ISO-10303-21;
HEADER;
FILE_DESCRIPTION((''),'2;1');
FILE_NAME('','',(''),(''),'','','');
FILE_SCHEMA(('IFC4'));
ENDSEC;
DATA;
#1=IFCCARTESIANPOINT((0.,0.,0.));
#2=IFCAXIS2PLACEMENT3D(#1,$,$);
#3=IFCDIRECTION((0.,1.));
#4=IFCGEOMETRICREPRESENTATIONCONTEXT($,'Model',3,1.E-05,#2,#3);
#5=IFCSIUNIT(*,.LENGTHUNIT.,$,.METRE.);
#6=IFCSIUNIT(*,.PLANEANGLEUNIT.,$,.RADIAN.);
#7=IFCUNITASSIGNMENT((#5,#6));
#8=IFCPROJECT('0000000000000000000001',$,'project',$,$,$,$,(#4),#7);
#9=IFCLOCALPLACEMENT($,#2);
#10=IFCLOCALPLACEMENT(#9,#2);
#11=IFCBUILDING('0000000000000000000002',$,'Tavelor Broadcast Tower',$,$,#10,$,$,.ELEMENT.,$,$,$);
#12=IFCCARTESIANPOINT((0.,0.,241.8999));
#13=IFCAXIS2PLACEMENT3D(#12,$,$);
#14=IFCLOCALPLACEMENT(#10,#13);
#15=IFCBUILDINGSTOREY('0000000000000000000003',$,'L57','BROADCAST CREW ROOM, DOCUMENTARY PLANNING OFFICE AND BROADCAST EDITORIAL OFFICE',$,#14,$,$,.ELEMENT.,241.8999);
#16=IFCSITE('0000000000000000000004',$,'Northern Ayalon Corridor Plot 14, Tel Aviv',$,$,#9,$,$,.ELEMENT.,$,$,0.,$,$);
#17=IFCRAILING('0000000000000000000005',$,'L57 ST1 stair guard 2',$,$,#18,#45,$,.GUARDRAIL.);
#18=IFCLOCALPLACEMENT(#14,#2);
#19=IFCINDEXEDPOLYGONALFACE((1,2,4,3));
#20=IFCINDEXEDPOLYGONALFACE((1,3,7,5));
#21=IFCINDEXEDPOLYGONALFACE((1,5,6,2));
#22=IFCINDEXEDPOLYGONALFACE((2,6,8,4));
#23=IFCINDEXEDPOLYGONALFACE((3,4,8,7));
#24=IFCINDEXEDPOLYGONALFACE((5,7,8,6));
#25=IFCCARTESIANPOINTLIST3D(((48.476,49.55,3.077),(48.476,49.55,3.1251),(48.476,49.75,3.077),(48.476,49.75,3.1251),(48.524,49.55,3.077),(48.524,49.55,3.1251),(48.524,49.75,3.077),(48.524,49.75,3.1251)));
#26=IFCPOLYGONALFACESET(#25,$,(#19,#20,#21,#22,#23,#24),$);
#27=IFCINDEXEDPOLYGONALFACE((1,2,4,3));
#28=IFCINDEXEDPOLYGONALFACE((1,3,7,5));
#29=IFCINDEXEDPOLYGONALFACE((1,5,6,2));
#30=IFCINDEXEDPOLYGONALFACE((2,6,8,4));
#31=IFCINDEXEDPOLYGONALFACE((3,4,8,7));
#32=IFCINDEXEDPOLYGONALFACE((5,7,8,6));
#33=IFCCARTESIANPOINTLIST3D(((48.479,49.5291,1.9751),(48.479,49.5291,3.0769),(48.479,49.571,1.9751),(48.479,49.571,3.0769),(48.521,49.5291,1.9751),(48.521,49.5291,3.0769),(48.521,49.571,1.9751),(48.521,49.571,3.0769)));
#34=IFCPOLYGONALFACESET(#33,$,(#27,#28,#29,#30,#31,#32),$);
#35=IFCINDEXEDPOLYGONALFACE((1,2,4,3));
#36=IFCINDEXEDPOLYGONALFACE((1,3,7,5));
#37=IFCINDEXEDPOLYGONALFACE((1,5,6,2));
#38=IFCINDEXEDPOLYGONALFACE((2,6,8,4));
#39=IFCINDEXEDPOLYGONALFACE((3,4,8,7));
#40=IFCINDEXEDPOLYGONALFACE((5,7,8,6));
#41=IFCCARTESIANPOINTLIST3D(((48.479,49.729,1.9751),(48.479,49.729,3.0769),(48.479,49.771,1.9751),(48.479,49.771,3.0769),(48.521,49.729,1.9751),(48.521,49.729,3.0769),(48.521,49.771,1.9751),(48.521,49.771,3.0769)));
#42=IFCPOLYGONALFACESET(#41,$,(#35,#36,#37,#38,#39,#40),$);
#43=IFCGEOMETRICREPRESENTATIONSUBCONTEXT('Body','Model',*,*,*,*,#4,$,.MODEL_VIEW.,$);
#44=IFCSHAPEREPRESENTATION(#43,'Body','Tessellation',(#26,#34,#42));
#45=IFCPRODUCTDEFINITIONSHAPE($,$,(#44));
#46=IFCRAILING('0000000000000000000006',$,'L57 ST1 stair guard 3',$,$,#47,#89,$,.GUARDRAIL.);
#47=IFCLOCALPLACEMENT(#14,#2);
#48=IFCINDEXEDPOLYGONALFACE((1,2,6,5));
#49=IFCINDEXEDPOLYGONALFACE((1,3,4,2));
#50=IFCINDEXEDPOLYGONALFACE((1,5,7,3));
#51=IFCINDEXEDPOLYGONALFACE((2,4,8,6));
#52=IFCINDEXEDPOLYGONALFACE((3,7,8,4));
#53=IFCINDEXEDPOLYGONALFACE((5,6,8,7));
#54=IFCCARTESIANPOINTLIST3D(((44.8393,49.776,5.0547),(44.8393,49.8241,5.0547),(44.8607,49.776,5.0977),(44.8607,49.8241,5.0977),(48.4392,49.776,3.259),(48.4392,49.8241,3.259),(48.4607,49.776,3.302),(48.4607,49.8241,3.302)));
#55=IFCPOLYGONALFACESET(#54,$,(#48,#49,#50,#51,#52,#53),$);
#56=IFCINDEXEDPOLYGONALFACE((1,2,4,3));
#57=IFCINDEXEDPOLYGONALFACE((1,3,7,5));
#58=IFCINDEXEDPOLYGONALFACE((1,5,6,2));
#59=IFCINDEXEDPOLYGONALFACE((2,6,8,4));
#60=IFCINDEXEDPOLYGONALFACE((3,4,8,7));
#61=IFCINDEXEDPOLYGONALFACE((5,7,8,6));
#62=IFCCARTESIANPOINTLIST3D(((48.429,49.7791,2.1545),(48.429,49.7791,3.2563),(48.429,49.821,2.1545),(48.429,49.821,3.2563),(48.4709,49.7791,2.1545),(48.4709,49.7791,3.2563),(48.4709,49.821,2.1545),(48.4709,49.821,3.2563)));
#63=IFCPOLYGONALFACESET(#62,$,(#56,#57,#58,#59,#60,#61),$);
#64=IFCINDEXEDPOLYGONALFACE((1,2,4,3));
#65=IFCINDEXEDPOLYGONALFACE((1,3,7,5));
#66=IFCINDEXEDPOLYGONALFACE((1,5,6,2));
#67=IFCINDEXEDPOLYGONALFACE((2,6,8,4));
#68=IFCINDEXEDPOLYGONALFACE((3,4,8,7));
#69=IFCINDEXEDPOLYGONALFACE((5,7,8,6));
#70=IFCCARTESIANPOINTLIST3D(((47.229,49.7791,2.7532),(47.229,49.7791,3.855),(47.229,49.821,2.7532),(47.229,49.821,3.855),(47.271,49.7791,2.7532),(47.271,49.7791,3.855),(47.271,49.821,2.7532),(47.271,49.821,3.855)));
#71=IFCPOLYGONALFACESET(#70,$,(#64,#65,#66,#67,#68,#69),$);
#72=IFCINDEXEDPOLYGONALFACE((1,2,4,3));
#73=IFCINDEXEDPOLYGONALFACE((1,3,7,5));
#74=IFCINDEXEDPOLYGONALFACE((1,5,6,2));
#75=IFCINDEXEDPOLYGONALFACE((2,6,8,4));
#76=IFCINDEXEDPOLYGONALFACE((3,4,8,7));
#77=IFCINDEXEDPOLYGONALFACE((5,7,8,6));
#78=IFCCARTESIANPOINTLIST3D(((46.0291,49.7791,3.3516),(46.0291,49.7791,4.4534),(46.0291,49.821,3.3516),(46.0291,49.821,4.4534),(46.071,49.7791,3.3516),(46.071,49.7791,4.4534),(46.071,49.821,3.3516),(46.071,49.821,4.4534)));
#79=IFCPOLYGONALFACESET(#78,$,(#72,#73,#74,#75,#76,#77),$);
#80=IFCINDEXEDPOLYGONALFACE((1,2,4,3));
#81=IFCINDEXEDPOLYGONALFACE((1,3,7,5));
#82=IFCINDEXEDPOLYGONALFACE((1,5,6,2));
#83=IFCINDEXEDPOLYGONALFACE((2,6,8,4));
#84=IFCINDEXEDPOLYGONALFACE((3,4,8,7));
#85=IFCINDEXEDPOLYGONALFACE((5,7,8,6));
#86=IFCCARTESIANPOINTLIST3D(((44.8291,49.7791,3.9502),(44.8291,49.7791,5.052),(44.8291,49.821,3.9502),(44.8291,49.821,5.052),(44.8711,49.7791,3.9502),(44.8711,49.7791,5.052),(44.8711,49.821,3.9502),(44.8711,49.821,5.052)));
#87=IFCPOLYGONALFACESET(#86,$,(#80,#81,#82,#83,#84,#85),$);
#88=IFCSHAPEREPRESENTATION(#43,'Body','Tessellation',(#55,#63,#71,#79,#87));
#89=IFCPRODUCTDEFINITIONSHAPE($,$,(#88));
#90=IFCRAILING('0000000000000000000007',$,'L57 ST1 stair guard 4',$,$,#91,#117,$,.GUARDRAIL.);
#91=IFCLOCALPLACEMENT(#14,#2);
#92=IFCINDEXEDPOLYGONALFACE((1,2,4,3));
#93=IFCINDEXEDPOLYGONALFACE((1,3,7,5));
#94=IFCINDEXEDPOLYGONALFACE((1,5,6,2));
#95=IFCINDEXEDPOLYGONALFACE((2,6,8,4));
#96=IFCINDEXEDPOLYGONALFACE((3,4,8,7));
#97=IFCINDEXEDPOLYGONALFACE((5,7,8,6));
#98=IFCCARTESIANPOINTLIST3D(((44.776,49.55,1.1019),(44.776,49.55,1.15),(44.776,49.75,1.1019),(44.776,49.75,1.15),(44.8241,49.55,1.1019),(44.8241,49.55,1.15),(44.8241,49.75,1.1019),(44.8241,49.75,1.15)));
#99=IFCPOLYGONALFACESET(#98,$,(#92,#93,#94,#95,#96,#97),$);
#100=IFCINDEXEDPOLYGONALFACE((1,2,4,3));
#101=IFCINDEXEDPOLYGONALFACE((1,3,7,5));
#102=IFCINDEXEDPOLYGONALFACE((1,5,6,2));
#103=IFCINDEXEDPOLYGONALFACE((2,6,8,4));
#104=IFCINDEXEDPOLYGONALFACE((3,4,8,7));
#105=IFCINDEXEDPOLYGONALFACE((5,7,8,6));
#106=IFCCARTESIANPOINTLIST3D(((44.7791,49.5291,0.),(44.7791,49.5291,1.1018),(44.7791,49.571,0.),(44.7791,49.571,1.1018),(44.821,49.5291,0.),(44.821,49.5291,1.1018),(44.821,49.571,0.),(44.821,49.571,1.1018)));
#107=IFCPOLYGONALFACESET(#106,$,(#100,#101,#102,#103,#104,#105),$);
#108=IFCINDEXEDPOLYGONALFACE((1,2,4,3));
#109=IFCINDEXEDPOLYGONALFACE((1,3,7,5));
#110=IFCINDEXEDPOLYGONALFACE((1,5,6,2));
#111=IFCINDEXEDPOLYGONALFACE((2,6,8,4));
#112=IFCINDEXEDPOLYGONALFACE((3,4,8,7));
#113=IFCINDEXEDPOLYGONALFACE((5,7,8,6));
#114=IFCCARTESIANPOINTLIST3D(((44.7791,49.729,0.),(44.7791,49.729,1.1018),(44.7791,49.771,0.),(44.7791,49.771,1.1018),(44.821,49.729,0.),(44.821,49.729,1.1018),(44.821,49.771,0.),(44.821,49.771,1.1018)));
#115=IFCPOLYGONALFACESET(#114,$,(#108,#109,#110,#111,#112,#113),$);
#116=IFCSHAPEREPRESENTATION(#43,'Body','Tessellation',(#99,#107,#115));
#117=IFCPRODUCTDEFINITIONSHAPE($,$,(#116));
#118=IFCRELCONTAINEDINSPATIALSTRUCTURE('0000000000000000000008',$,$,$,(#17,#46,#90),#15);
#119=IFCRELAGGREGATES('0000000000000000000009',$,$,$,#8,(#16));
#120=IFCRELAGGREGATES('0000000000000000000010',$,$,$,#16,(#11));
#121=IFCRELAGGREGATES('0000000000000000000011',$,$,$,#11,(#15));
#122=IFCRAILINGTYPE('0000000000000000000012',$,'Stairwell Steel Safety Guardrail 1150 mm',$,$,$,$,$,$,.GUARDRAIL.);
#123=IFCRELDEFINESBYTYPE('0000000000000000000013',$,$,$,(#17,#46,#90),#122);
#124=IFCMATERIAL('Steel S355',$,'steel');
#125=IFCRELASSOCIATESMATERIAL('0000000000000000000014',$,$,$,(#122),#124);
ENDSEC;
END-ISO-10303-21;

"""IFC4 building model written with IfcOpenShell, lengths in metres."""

from ifc_helpers import new_model, si_unit, direction, frame, origin, origin_2d, place, context, subcontext, project, spatial, rectangle, extrude, material, type_object, element, save


model = new_model("IFC4")

# Units and contexts
model_context = context("Model", 3, precision=1e-05, world=origin(), true_north=direction((0.0, 1.0)))
body_context = subcontext(model_context, "Body", "Model", "MODEL_VIEW")
ifc_project = project(units=[si_unit("LENGTHUNIT", "METRE"), si_unit("PLANEANGLEUNIT", "RADIAN")], contexts=[model_context])

# Site, building, storey
site_placement = place(None, origin())
site = spatial("IfcSite", under=ifc_project, at=site_placement, Name="Northern Ayalon Corridor Plot 14, Tel Aviv", CompositionType="ELEMENT", RefElevation=0.0)
building_placement = place(site_placement, origin())
building = spatial("IfcBuilding", under=site, at=building_placement, Name="Tavelor Broadcast Tower", CompositionType="ELEMENT")
storey_placement = place(building_placement, frame((0.0, 0.0, 241.8999)))
storey = spatial("IfcBuildingStorey", under=building, at=storey_placement, Name="L57", Description="BROADCAST CREW ROOM, DOCUMENTARY PLANNING OFFICE AND BROADCAST EDITORIAL OFFICE", CompositionType="ELEMENT", Elevation=241.8999)

# Shared definitions
ifc_material_1 = material(Name="Steel S355", Category="steel")

# Railings
railing_type_1 = type_object("IfcRailingType", Name="Stairwell Steel Safety Guardrail 1150 mm", PredefinedType="GUARDRAIL", material=ifc_material_1)
railing_1_placement = place(storey_placement, frame((48.5, 49.55, 1.9751)))
element("IfcRailing", 1, at=railing_1_placement, inside=storey, type_object=railing_type_1, Name="L57 ST1 stair guard 2", PredefinedType="GUARDRAIL", context=body_context, shape_type="SweptSolid", body=[
    extrude(rectangle(XDim=0.0481, YDim=0.0481, at=origin_2d()), frame((0.0, 0.0, 1.126), z_axis=(0.0, 1.0, 0.0), x_axis=(-1.0, 0.0, 0.0)), (0.0, 0.0, 1.0), 0.2),
    extrude(rectangle(XDim=0.042, YDim=0.042, at=origin_2d()), origin(), (0.0, 0.0, 1.0), 1.1018),
    extrude(rectangle(XDim=0.042, YDim=0.042, at=origin_2d()), frame((0.0, 0.2, 0.0)), (0.0, 0.0, 1.0), 1.1018),
])
railing_2_placement = place(storey_placement, frame((48.45, 49.8, 2.1545)))
element("IfcRailing", 2, at=railing_2_placement, inside=storey, type_object=railing_type_1, Name="L57 ST1 stair guard 3", PredefinedType="GUARDRAIL", context=body_context, shape_type="SweptSolid", body=[
    extrude(rectangle(XDim=0.0481, YDim=0.0481, at=origin_2d()), frame((0.0, 0.0, 1.126), z_axis=(-0.894852, 0.0, 0.446364), x_axis=(0.0, -1.0, 0.0)), (0.0, 0.0, 1.0), 4.0229),
    extrude(rectangle(XDim=0.042, YDim=0.042, at=origin_2d()), origin(), (0.0, 0.0, 1.0), 1.1018),
    extrude(rectangle(XDim=0.042, YDim=0.042, at=origin_2d()), frame((-1.2, 0.0, 0.5986)), (0.0, 0.0, 1.0), 1.1018),
    extrude(rectangle(XDim=0.042, YDim=0.042, at=origin_2d()), frame((-2.3999, 0.0, 1.197)), (0.0, 0.0, 1.0), 1.1018),
    extrude(rectangle(XDim=0.042, YDim=0.042, at=origin_2d()), frame((-3.5999, 0.0, 1.7957)), (0.0, 0.0, 1.0), 1.1018),
])
railing_3_placement = place(storey_placement, frame((44.8, 49.55, 0.0)))
element("IfcRailing", 3, at=railing_3_placement, inside=storey, type_object=railing_type_1, Name="L57 ST1 stair guard 4", PredefinedType="GUARDRAIL", context=body_context, shape_type="SweptSolid", body=[
    extrude(rectangle(XDim=0.0481, YDim=0.0481, at=origin_2d()), frame((0.0, 0.0, 1.126), z_axis=(0.0, 1.0, 0.0), x_axis=(-1.0, 0.0, 0.0)), (0.0, 0.0, 1.0), 0.2),
    extrude(rectangle(XDim=0.042, YDim=0.042, at=origin_2d()), origin(), (0.0, 0.0, 1.0), 1.1018),
    extrude(rectangle(XDim=0.042, YDim=0.042, at=origin_2d()), frame((0.0, 0.2, 0.0)), (0.0, 0.0, 1.0), 1.1018),
])

save(model, "model.ifc")
